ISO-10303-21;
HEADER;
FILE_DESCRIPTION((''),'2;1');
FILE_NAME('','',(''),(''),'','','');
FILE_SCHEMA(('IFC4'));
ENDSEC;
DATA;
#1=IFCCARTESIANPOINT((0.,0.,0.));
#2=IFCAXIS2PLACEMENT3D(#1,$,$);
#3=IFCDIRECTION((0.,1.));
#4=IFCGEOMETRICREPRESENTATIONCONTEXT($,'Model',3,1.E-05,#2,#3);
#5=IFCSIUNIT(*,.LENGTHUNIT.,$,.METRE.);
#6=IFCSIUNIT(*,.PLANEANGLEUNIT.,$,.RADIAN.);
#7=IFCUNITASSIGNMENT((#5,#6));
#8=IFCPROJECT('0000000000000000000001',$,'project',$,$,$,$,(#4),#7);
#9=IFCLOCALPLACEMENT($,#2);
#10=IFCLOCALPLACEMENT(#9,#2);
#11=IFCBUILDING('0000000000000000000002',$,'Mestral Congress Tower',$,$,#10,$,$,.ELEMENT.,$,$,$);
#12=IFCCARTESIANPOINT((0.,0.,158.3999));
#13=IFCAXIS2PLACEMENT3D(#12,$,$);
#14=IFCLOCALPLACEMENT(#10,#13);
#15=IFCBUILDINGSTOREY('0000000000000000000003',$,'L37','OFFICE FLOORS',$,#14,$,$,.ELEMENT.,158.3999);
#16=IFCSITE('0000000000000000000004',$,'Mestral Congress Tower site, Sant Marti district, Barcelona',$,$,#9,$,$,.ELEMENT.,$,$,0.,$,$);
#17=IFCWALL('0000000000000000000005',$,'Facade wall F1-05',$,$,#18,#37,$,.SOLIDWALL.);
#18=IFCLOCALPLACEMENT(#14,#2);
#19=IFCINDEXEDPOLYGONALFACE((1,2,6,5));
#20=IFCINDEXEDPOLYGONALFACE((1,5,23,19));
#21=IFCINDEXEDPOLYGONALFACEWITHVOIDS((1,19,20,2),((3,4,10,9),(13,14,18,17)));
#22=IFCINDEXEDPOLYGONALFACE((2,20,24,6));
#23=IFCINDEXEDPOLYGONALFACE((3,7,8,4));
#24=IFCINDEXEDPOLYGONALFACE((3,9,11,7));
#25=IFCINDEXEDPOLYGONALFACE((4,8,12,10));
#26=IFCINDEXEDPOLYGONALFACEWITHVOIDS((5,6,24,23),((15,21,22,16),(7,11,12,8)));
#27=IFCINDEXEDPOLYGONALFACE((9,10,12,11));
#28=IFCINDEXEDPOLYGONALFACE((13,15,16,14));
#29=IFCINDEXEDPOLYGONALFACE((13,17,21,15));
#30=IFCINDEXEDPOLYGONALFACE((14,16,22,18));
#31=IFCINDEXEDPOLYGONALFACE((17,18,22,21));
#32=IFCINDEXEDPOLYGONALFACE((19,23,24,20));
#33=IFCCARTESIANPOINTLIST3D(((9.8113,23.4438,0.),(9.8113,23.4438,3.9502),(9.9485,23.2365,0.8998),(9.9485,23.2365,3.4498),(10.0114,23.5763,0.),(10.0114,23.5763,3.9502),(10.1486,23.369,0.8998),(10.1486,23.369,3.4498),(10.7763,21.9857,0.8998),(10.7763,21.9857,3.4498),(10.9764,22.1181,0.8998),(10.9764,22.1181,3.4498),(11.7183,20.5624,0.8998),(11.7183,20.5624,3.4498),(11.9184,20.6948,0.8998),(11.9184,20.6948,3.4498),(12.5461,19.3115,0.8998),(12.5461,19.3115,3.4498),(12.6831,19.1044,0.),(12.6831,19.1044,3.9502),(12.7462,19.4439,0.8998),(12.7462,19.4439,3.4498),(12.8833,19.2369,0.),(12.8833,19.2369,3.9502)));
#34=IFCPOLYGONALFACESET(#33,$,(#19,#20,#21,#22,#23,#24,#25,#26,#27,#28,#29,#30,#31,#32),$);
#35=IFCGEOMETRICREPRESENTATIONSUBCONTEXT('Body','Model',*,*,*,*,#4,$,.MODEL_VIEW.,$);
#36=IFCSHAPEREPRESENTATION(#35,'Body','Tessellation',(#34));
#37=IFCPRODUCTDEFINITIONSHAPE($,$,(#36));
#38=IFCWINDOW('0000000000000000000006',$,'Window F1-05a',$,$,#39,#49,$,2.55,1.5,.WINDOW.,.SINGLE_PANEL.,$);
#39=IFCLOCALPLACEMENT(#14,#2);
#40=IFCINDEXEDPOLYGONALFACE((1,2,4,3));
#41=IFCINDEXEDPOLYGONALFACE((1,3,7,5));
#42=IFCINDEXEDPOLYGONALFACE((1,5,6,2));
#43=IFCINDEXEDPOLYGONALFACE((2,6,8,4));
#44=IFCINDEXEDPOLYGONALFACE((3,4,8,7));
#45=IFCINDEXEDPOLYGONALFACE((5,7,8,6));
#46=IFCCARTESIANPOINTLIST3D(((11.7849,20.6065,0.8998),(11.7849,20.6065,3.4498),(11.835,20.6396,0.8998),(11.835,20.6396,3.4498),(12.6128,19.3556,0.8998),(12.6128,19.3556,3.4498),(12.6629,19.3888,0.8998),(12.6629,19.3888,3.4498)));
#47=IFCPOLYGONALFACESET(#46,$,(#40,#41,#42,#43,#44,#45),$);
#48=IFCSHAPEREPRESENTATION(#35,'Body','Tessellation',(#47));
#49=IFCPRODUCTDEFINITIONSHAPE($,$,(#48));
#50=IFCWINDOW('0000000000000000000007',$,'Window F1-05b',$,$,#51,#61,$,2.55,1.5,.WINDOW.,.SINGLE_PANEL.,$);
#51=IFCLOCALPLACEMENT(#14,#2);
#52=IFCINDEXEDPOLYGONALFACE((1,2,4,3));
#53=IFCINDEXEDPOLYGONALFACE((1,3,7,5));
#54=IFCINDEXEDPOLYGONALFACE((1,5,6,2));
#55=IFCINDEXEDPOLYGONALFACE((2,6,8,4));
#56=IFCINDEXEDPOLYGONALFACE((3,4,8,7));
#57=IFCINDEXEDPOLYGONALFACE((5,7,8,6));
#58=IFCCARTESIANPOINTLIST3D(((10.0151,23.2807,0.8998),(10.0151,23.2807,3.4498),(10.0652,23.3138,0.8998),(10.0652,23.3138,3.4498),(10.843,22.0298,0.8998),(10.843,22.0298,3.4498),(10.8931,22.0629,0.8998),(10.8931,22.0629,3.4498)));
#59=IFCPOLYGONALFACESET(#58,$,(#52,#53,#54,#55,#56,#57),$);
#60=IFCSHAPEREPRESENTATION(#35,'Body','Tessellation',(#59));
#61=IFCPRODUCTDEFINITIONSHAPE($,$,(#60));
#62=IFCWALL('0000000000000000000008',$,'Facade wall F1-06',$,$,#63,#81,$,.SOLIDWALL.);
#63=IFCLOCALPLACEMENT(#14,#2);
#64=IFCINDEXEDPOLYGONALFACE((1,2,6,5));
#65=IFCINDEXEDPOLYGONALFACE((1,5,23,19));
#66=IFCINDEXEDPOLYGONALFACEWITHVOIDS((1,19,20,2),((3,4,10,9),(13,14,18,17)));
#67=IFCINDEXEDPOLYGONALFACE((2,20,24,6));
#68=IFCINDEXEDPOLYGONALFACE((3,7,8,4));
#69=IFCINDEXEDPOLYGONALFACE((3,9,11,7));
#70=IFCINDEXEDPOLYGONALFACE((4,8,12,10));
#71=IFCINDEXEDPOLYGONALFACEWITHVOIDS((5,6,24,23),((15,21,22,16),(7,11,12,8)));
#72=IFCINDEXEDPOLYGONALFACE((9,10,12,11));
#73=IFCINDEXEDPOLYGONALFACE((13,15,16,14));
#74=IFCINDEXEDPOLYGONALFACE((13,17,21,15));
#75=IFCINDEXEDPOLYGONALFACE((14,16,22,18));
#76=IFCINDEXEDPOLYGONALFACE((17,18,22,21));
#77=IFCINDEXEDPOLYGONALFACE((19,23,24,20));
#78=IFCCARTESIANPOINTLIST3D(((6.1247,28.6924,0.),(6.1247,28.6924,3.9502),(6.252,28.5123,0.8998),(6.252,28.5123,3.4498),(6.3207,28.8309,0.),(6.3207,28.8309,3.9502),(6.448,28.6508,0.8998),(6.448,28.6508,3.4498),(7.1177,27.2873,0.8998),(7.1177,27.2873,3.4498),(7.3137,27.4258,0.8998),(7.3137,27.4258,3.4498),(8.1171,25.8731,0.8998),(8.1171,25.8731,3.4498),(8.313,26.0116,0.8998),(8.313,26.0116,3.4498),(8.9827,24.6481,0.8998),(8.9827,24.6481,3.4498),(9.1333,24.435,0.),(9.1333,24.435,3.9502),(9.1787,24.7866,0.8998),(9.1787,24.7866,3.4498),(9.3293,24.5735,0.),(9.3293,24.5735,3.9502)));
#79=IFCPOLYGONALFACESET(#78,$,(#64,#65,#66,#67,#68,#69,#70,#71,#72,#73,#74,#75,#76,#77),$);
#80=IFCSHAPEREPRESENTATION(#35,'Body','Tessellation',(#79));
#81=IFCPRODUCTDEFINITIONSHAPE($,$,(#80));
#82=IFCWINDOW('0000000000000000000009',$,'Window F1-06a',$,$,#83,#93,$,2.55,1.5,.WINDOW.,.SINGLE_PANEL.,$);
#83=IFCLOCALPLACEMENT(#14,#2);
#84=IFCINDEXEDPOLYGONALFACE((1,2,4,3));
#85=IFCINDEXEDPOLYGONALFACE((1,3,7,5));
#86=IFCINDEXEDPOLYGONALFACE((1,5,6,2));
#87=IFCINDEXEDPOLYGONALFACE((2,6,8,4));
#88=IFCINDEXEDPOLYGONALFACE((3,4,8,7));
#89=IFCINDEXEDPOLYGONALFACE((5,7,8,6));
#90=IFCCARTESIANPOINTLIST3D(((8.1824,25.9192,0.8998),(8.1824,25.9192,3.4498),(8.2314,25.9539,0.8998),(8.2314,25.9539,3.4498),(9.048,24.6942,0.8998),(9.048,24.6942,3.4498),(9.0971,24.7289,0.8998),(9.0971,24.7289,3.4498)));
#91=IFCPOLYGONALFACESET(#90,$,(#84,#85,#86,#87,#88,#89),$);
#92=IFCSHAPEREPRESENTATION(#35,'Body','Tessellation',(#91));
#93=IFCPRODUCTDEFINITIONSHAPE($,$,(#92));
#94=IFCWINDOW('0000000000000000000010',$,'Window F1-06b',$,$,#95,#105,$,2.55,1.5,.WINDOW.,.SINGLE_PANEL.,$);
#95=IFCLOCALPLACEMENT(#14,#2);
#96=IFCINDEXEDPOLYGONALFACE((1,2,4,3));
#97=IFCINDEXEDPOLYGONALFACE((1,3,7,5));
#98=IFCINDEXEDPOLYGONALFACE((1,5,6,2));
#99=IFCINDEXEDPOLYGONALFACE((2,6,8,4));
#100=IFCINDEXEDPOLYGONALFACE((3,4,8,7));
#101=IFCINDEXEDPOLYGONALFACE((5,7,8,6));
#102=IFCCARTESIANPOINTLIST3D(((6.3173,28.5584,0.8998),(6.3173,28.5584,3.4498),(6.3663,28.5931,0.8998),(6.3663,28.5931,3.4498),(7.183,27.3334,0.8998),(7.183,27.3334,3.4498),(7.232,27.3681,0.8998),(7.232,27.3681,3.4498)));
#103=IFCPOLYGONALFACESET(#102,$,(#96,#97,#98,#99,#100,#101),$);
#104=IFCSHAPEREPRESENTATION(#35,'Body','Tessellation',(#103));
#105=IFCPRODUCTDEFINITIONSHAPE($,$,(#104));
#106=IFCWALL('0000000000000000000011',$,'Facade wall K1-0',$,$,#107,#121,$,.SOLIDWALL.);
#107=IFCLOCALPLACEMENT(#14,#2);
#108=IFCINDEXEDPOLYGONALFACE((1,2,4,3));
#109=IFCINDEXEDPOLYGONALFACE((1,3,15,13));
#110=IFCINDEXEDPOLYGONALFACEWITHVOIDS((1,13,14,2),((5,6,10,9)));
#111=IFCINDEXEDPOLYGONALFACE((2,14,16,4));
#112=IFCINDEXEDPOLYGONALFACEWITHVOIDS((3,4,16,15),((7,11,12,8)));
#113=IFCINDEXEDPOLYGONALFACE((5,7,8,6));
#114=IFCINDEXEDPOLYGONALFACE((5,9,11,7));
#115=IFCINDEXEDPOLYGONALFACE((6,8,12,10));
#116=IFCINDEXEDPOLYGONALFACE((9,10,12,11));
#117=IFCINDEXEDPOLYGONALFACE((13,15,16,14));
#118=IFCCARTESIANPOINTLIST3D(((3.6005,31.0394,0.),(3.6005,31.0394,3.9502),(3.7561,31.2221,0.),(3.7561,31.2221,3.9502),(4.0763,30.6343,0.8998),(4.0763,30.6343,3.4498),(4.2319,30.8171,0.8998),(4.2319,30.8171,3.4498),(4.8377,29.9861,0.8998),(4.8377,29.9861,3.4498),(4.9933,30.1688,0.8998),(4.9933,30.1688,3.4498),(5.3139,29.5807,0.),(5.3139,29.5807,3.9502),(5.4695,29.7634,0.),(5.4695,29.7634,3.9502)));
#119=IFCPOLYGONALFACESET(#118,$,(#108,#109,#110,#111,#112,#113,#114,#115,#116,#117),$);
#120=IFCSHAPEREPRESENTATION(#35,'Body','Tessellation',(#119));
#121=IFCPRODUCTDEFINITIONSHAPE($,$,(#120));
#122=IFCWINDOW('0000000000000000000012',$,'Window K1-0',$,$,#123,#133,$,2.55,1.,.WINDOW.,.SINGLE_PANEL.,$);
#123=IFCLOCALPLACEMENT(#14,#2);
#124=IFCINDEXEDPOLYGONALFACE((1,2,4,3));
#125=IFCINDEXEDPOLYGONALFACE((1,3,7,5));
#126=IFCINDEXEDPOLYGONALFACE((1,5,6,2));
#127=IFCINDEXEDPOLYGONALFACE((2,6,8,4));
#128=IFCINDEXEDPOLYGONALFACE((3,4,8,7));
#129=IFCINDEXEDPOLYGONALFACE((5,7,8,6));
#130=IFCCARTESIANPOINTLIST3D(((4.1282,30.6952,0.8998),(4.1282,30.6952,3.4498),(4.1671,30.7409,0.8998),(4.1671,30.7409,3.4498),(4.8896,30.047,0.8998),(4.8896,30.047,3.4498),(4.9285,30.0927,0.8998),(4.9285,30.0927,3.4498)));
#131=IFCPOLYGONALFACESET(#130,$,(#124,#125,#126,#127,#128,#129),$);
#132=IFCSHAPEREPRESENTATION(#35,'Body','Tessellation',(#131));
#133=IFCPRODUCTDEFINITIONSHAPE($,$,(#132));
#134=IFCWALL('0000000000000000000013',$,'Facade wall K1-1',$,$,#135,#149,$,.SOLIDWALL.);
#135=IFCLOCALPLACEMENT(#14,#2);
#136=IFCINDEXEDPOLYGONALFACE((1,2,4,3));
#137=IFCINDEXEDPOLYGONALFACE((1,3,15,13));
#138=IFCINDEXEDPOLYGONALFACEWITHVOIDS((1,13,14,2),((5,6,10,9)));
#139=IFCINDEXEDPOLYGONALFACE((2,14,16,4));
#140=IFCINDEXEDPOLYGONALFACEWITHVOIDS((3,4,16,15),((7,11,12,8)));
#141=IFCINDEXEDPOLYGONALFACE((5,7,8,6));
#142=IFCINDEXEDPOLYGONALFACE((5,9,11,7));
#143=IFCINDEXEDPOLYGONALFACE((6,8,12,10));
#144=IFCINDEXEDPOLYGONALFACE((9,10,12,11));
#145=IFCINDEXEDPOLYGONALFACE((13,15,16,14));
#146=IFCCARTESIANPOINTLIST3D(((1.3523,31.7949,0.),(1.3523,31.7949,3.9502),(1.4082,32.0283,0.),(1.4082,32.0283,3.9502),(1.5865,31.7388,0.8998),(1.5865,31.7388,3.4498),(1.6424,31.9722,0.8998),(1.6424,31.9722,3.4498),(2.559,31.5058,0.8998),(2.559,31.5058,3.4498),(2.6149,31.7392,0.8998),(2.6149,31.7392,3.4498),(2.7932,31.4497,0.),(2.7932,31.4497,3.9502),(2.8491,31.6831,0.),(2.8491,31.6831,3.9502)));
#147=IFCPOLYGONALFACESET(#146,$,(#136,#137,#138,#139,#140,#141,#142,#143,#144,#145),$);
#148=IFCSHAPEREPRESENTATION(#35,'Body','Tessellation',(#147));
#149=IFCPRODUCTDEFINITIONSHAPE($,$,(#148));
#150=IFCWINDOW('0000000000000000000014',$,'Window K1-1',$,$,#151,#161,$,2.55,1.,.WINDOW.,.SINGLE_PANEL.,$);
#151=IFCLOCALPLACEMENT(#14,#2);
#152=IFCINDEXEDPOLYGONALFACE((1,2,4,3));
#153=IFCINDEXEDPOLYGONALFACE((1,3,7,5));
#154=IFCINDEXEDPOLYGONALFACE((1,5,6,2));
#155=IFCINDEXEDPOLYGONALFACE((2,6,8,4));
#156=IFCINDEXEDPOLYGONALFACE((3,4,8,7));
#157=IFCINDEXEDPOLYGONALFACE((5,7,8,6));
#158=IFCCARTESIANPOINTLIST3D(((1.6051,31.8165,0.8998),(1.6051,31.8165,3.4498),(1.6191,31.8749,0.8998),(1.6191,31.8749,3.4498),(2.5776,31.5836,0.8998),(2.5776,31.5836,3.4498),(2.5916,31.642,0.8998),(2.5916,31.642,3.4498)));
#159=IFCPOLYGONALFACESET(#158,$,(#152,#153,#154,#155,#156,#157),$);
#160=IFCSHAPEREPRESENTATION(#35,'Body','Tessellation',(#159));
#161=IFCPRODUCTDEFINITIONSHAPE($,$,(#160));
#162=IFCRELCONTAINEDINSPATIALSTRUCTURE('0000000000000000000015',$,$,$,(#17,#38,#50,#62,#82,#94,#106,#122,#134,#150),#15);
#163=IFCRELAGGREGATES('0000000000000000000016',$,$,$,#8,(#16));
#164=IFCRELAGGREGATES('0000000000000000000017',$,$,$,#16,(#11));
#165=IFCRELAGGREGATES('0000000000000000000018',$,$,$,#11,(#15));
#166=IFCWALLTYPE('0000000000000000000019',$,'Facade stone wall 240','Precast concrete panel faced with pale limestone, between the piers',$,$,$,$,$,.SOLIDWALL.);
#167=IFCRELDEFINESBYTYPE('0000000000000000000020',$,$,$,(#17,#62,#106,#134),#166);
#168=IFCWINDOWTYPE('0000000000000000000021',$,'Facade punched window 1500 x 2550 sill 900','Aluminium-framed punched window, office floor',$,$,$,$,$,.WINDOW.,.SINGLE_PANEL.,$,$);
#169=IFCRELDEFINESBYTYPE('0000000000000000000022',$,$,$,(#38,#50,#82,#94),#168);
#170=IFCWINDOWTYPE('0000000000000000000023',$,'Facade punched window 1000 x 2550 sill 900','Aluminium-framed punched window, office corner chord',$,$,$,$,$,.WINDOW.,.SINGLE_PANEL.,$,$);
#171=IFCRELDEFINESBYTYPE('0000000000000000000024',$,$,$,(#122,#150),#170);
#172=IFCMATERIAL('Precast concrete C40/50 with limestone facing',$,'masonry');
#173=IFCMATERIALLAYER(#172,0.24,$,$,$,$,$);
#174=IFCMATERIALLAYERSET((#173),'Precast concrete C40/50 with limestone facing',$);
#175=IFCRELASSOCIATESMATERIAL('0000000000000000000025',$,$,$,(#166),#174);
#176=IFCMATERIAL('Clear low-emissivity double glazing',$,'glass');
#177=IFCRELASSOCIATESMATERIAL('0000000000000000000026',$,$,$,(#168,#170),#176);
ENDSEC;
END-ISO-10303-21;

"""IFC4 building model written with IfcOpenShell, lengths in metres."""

from ifc_helpers import new_model, si_unit, direction, frame, frame_2d, origin, place, context, subcontext, project, spatial, rectangle, extrude, material, layer, layer_set, type_object, element, fill, save


model = new_model("IFC4")

# Units and contexts
model_context = context("Model", 3, precision=1e-05, world=origin(), true_north=direction((0.0, 1.0)))
body_context = subcontext(model_context, "Body", "Model", "MODEL_VIEW")
ifc_project = project(units=[si_unit("LENGTHUNIT", "METRE"), si_unit("PLANEANGLEUNIT", "RADIAN")], contexts=[model_context])

# Site, building, storey
site_placement = place(None, origin())
site = spatial("IfcSite", under=ifc_project, at=site_placement, Name="Mestral Congress Tower site, Sant Marti district, Barcelona", CompositionType="ELEMENT", RefElevation=0.0)
building_placement = place(site_placement, origin())
building = spatial("IfcBuilding", under=site, at=building_placement, Name="Mestral Congress Tower", CompositionType="ELEMENT")
storey_placement = place(building_placement, frame((0.0, 0.0, 158.3999)))
storey = spatial("IfcBuildingStorey", under=building, at=storey_placement, Name="L37", Description="OFFICE FLOORS", CompositionType="ELEMENT", Elevation=158.3999)

# Walls, openings, windows
ifc_material_1 = material(Name="Precast concrete C40/50 with limestone facing", Category="masonry")
ifc_layer_1 = layer(ifc_material_1, 0.24)
ifc_layer_set_1 = layer_set([ifc_layer_1], Name="Precast concrete C40/50 with limestone facing")
wall_type_1 = type_object("IfcWallType", Name="Facade stone wall 240", Description="Precast concrete panel faced with pale limestone, between the piers", PredefinedType="SOLIDWALL", material=ifc_layer_set_1)
wall_1_placement = place(storey_placement, frame((12.7832, 19.1707, 0.0), z_axis=(0.0, 0.0, 1.0), x_axis=(-0.551893, 0.833915, 0.0)))
wall_1 = element("IfcWall", 1, at=wall_1_placement, inside=storey, type_object=wall_type_1, Name="Facade wall F1-05", PredefinedType="SOLIDWALL", context=body_context, shape_type="SweptSolid", body=[
    extrude(rectangle(XDim=5.2036, YDim=0.24, at=frame_2d((2.6018, 0.0))), origin(), (0.0, 0.0, 1.0), 3.9502),
])
opening_1_placement = place(wall_1_placement, frame((0.2483, 0.0, 0.8999)))
opening_1 = element("IfcOpeningElement", 2, at=opening_1_placement, cuts=wall_1, PredefinedType="OPENING", context=body_context, shape_type="SweptSolid", body=[
    extrude(rectangle(XDim=1.5, YDim=2.55, at=frame_2d((0.75, 1.2749))), frame((0.0, 0.1299, 0.0), z_axis=(0.0, -1.0, 0.0), x_axis=(1.0, 0.0, 0.0)), (0.0, 0.0, 1.0), 0.26),
])
opening_2_placement = place(wall_1_placement, frame((3.4551, 0.0, 0.8999)))
opening_2 = element("IfcOpeningElement", 3, at=opening_2_placement, cuts=wall_1, PredefinedType="OPENING", context=body_context, shape_type="SweptSolid", body=[
    extrude(rectangle(XDim=1.5, YDim=2.55, at=frame_2d((0.75, 1.2749))), frame((0.0, 0.1299, 0.0), z_axis=(0.0, -1.0, 0.0), x_axis=(1.0, 0.0, 0.0)), (0.0, 0.0, 1.0), 0.26),
])
ifc_material_2 = material(Name="Clear low-emissivity double glazing", Category="glass")
window_type_1 = type_object("IfcWindowType", Name="Facade punched window 1500 x 2550 sill 900", Description="Aluminium-framed punched window, office floor", PartitioningType="SINGLE_PANEL", PredefinedType="WINDOW", material=ifc_material_2)
window_1_placement = place(opening_1_placement, origin())
window_1 = element("IfcWindow", 4, at=window_1_placement, inside=storey, type_object=window_type_1, Name="Window F1-05a", OverallHeight=2.55, OverallWidth=1.5, PartitioningType="SINGLE_PANEL", PredefinedType="WINDOW", context=body_context, shape_type="SweptSolid", body=[
    extrude(rectangle(XDim=1.5, YDim=2.55, at=frame_2d((0.75, 1.2749))), frame((0.0, 0.04, 0.0), z_axis=(0.0, -1.0, 0.0), x_axis=(1.0, 0.0, 0.0)), (0.0, 0.0, 1.0), 0.0601),
])
fill(opening_1, window_1)
window_2_placement = place(opening_2_placement, origin())
window_2 = element("IfcWindow", 5, at=window_2_placement, inside=storey, type_object=window_type_1, Name="Window F1-05b", OverallHeight=2.55, OverallWidth=1.5, PartitioningType="SINGLE_PANEL", PredefinedType="WINDOW", context=body_context, shape_type="SweptSolid", body=[
    extrude(rectangle(XDim=1.5, YDim=2.55, at=frame_2d((0.75, 1.2749))), frame((0.0, 0.04, 0.0), z_axis=(0.0, -1.0, 0.0), x_axis=(1.0, 0.0, 0.0)), (0.0, 0.0, 1.0), 0.0601),
])
fill(opening_2, window_2)
wall_2_placement = place(storey_placement, frame((9.2312, 24.5044, 0.0), z_axis=(0.0, 0.0, 1.0), x_axis=(-0.577115, 0.816663, 0.0)))
wall_2 = element("IfcWall", 6, at=wall_2_placement, inside=storey, type_object=wall_type_1, Name="Facade wall F1-06", PredefinedType="SOLIDWALL", context=body_context, shape_type="SweptSolid", body=[
    extrude(rectangle(XDim=5.2131, YDim=0.24, at=frame_2d((2.6064, 0.0))), origin(), (0.0, 0.0, 1.0), 3.9502),
])
opening_3_placement = place(wall_2_placement, frame((0.2607, 0.0, 0.8999)))
opening_3 = element("IfcOpeningElement", 7, at=opening_3_placement, cuts=wall_2, PredefinedType="OPENING", context=body_context, shape_type="SweptSolid", body=[
    extrude(rectangle(XDim=1.5, YDim=2.55, at=frame_2d((0.75, 1.2749))), frame((0.0, 0.1299, 0.0), z_axis=(0.0, -1.0, 0.0), x_axis=(1.0, 0.0, 0.0)), (0.0, 0.0, 1.0), 0.26),
])
opening_4_placement = place(wall_2_placement, frame((3.4924, 0.0, 0.8999)))
opening_4 = element("IfcOpeningElement", 8, at=opening_4_placement, cuts=wall_2, PredefinedType="OPENING", context=body_context, shape_type="SweptSolid", body=[
    extrude(rectangle(XDim=1.5, YDim=2.55, at=frame_2d((0.75, 1.2749))), frame((0.0, 0.1299, 0.0), z_axis=(0.0, -1.0, 0.0), x_axis=(1.0, 0.0, 0.0)), (0.0, 0.0, 1.0), 0.26),
])
window_3_placement = place(opening_3_placement, origin())
window_3 = element("IfcWindow", 9, at=window_3_placement, inside=storey, type_object=window_type_1, Name="Window F1-06a", OverallHeight=2.55, OverallWidth=1.5, PartitioningType="SINGLE_PANEL", PredefinedType="WINDOW", context=body_context, shape_type="SweptSolid", body=[
    extrude(rectangle(XDim=1.5, YDim=2.55, at=frame_2d((0.75, 1.2749))), frame((0.0, 0.04, 0.0), z_axis=(0.0, -1.0, 0.0), x_axis=(1.0, 0.0, 0.0)), (0.0, 0.0, 1.0), 0.0601),
])
fill(opening_3, window_3)
window_4_placement = place(opening_4_placement, origin())
window_4 = element("IfcWindow", 10, at=window_4_placement, inside=storey, type_object=window_type_1, Name="Window F1-06b", OverallHeight=2.55, OverallWidth=1.5, PartitioningType="SINGLE_PANEL", PredefinedType="WINDOW", context=body_context, shape_type="SweptSolid", body=[
    extrude(rectangle(XDim=1.5, YDim=2.55, at=frame_2d((0.75, 1.2749))), frame((0.0, 0.04, 0.0), z_axis=(0.0, -1.0, 0.0), x_axis=(1.0, 0.0, 0.0)), (0.0, 0.0, 1.0), 0.0601),
])
fill(opening_4, window_4)

# Walls, openings, windows
wall_3_placement = place(storey_placement, frame((5.3916, 29.6721, 0.0), z_axis=(0.0, 0.0, 1.0), x_axis=(-0.76142, 0.648259, 0.0)))
wall_3 = element("IfcWall", 11, at=wall_3_placement, inside=storey, type_object=wall_type_1, Name="Facade wall K1-0", PredefinedType="SOLIDWALL", context=body_context, shape_type="SweptSolid", body=[
    extrude(rectangle(XDim=2.2502, YDim=0.24, at=frame_2d((1.125, 0.0))), origin(), (0.0, 0.0, 1.0), 3.9502),
])
opening_5_placement = place(wall_3_placement, frame((0.6252, 0.0, 0.8999)))
opening_5 = element("IfcOpeningElement", 12, at=opening_5_placement, cuts=wall_3, PredefinedType="OPENING", context=body_context, shape_type="SweptSolid", body=[
    extrude(rectangle(XDim=1.0, YDim=2.55, at=frame_2d((0.5, 1.2749))), frame((0.0, 0.1299, 0.0), z_axis=(0.0, -1.0, 0.0), x_axis=(1.0, 0.0, 0.0)), (0.0, 0.0, 1.0), 0.26),
])
window_type_2 = type_object("IfcWindowType", Name="Facade punched window 1000 x 2550 sill 900", Description="Aluminium-framed punched window, office corner chord", PartitioningType="SINGLE_PANEL", PredefinedType="WINDOW", material=ifc_material_2)
window_5_placement = place(opening_5_placement, origin())
window_5 = element("IfcWindow", 13, at=window_5_placement, inside=storey, type_object=window_type_2, Name="Window K1-0", OverallHeight=2.55, OverallWidth=1.0, PartitioningType="SINGLE_PANEL", PredefinedType="WINDOW", context=body_context, shape_type="SweptSolid", body=[
    extrude(rectangle(XDim=1.0, YDim=2.55, at=frame_2d((0.5, 1.2749))), frame((0.0, 0.04, 0.0), z_axis=(0.0, -1.0, 0.0), x_axis=(1.0, 0.0, 0.0)), (0.0, 0.0, 1.0), 0.0601),
])
fill(opening_5, window_5)
wall_4_placement = place(storey_placement, frame((2.821, 31.5664, 0.0), z_axis=(0.0, 0.0, 1.0), x_axis=(-0.97248, 0.232987, 0.0)))
wall_4 = element("IfcWall", 14, at=wall_4_placement, inside=storey, type_object=wall_type_1, Name="Facade wall K1-1", PredefinedType="SOLIDWALL", context=body_context, shape_type="SweptSolid", body=[
    extrude(rectangle(XDim=1.4817, YDim=0.24, at=frame_2d((0.7407, 0.0))), origin(), (0.0, 0.0, 1.0), 3.9502),
])
opening_6_placement = place(wall_4_placement, frame((0.2407, 0.0, 0.8999)))
opening_6 = element("IfcOpeningElement", 15, at=opening_6_placement, cuts=wall_4, PredefinedType="OPENING", context=body_context, shape_type="SweptSolid", body=[
    extrude(rectangle(XDim=1.0, YDim=2.55, at=frame_2d((0.5, 1.2749))), frame((0.0, 0.1299, 0.0), z_axis=(0.0, -1.0, 0.0), x_axis=(1.0, 0.0, 0.0)), (0.0, 0.0, 1.0), 0.26),
])
window_6_placement = place(opening_6_placement, origin())
window_6 = element("IfcWindow", 16, at=window_6_placement, inside=storey, type_object=window_type_2, Name="Window K1-1", OverallHeight=2.55, OverallWidth=1.0, PartitioningType="SINGLE_PANEL", PredefinedType="WINDOW", context=body_context, shape_type="SweptSolid", body=[
    extrude(rectangle(XDim=1.0, YDim=2.55, at=frame_2d((0.5, 1.2749))), frame((0.0, 0.04, 0.0), z_axis=(0.0, -1.0, 0.0), x_axis=(1.0, 0.0, 0.0)), (0.0, 0.0, 1.0), 0.0601),
])
fill(opening_6, window_6)

save(model, "model.ifc")
